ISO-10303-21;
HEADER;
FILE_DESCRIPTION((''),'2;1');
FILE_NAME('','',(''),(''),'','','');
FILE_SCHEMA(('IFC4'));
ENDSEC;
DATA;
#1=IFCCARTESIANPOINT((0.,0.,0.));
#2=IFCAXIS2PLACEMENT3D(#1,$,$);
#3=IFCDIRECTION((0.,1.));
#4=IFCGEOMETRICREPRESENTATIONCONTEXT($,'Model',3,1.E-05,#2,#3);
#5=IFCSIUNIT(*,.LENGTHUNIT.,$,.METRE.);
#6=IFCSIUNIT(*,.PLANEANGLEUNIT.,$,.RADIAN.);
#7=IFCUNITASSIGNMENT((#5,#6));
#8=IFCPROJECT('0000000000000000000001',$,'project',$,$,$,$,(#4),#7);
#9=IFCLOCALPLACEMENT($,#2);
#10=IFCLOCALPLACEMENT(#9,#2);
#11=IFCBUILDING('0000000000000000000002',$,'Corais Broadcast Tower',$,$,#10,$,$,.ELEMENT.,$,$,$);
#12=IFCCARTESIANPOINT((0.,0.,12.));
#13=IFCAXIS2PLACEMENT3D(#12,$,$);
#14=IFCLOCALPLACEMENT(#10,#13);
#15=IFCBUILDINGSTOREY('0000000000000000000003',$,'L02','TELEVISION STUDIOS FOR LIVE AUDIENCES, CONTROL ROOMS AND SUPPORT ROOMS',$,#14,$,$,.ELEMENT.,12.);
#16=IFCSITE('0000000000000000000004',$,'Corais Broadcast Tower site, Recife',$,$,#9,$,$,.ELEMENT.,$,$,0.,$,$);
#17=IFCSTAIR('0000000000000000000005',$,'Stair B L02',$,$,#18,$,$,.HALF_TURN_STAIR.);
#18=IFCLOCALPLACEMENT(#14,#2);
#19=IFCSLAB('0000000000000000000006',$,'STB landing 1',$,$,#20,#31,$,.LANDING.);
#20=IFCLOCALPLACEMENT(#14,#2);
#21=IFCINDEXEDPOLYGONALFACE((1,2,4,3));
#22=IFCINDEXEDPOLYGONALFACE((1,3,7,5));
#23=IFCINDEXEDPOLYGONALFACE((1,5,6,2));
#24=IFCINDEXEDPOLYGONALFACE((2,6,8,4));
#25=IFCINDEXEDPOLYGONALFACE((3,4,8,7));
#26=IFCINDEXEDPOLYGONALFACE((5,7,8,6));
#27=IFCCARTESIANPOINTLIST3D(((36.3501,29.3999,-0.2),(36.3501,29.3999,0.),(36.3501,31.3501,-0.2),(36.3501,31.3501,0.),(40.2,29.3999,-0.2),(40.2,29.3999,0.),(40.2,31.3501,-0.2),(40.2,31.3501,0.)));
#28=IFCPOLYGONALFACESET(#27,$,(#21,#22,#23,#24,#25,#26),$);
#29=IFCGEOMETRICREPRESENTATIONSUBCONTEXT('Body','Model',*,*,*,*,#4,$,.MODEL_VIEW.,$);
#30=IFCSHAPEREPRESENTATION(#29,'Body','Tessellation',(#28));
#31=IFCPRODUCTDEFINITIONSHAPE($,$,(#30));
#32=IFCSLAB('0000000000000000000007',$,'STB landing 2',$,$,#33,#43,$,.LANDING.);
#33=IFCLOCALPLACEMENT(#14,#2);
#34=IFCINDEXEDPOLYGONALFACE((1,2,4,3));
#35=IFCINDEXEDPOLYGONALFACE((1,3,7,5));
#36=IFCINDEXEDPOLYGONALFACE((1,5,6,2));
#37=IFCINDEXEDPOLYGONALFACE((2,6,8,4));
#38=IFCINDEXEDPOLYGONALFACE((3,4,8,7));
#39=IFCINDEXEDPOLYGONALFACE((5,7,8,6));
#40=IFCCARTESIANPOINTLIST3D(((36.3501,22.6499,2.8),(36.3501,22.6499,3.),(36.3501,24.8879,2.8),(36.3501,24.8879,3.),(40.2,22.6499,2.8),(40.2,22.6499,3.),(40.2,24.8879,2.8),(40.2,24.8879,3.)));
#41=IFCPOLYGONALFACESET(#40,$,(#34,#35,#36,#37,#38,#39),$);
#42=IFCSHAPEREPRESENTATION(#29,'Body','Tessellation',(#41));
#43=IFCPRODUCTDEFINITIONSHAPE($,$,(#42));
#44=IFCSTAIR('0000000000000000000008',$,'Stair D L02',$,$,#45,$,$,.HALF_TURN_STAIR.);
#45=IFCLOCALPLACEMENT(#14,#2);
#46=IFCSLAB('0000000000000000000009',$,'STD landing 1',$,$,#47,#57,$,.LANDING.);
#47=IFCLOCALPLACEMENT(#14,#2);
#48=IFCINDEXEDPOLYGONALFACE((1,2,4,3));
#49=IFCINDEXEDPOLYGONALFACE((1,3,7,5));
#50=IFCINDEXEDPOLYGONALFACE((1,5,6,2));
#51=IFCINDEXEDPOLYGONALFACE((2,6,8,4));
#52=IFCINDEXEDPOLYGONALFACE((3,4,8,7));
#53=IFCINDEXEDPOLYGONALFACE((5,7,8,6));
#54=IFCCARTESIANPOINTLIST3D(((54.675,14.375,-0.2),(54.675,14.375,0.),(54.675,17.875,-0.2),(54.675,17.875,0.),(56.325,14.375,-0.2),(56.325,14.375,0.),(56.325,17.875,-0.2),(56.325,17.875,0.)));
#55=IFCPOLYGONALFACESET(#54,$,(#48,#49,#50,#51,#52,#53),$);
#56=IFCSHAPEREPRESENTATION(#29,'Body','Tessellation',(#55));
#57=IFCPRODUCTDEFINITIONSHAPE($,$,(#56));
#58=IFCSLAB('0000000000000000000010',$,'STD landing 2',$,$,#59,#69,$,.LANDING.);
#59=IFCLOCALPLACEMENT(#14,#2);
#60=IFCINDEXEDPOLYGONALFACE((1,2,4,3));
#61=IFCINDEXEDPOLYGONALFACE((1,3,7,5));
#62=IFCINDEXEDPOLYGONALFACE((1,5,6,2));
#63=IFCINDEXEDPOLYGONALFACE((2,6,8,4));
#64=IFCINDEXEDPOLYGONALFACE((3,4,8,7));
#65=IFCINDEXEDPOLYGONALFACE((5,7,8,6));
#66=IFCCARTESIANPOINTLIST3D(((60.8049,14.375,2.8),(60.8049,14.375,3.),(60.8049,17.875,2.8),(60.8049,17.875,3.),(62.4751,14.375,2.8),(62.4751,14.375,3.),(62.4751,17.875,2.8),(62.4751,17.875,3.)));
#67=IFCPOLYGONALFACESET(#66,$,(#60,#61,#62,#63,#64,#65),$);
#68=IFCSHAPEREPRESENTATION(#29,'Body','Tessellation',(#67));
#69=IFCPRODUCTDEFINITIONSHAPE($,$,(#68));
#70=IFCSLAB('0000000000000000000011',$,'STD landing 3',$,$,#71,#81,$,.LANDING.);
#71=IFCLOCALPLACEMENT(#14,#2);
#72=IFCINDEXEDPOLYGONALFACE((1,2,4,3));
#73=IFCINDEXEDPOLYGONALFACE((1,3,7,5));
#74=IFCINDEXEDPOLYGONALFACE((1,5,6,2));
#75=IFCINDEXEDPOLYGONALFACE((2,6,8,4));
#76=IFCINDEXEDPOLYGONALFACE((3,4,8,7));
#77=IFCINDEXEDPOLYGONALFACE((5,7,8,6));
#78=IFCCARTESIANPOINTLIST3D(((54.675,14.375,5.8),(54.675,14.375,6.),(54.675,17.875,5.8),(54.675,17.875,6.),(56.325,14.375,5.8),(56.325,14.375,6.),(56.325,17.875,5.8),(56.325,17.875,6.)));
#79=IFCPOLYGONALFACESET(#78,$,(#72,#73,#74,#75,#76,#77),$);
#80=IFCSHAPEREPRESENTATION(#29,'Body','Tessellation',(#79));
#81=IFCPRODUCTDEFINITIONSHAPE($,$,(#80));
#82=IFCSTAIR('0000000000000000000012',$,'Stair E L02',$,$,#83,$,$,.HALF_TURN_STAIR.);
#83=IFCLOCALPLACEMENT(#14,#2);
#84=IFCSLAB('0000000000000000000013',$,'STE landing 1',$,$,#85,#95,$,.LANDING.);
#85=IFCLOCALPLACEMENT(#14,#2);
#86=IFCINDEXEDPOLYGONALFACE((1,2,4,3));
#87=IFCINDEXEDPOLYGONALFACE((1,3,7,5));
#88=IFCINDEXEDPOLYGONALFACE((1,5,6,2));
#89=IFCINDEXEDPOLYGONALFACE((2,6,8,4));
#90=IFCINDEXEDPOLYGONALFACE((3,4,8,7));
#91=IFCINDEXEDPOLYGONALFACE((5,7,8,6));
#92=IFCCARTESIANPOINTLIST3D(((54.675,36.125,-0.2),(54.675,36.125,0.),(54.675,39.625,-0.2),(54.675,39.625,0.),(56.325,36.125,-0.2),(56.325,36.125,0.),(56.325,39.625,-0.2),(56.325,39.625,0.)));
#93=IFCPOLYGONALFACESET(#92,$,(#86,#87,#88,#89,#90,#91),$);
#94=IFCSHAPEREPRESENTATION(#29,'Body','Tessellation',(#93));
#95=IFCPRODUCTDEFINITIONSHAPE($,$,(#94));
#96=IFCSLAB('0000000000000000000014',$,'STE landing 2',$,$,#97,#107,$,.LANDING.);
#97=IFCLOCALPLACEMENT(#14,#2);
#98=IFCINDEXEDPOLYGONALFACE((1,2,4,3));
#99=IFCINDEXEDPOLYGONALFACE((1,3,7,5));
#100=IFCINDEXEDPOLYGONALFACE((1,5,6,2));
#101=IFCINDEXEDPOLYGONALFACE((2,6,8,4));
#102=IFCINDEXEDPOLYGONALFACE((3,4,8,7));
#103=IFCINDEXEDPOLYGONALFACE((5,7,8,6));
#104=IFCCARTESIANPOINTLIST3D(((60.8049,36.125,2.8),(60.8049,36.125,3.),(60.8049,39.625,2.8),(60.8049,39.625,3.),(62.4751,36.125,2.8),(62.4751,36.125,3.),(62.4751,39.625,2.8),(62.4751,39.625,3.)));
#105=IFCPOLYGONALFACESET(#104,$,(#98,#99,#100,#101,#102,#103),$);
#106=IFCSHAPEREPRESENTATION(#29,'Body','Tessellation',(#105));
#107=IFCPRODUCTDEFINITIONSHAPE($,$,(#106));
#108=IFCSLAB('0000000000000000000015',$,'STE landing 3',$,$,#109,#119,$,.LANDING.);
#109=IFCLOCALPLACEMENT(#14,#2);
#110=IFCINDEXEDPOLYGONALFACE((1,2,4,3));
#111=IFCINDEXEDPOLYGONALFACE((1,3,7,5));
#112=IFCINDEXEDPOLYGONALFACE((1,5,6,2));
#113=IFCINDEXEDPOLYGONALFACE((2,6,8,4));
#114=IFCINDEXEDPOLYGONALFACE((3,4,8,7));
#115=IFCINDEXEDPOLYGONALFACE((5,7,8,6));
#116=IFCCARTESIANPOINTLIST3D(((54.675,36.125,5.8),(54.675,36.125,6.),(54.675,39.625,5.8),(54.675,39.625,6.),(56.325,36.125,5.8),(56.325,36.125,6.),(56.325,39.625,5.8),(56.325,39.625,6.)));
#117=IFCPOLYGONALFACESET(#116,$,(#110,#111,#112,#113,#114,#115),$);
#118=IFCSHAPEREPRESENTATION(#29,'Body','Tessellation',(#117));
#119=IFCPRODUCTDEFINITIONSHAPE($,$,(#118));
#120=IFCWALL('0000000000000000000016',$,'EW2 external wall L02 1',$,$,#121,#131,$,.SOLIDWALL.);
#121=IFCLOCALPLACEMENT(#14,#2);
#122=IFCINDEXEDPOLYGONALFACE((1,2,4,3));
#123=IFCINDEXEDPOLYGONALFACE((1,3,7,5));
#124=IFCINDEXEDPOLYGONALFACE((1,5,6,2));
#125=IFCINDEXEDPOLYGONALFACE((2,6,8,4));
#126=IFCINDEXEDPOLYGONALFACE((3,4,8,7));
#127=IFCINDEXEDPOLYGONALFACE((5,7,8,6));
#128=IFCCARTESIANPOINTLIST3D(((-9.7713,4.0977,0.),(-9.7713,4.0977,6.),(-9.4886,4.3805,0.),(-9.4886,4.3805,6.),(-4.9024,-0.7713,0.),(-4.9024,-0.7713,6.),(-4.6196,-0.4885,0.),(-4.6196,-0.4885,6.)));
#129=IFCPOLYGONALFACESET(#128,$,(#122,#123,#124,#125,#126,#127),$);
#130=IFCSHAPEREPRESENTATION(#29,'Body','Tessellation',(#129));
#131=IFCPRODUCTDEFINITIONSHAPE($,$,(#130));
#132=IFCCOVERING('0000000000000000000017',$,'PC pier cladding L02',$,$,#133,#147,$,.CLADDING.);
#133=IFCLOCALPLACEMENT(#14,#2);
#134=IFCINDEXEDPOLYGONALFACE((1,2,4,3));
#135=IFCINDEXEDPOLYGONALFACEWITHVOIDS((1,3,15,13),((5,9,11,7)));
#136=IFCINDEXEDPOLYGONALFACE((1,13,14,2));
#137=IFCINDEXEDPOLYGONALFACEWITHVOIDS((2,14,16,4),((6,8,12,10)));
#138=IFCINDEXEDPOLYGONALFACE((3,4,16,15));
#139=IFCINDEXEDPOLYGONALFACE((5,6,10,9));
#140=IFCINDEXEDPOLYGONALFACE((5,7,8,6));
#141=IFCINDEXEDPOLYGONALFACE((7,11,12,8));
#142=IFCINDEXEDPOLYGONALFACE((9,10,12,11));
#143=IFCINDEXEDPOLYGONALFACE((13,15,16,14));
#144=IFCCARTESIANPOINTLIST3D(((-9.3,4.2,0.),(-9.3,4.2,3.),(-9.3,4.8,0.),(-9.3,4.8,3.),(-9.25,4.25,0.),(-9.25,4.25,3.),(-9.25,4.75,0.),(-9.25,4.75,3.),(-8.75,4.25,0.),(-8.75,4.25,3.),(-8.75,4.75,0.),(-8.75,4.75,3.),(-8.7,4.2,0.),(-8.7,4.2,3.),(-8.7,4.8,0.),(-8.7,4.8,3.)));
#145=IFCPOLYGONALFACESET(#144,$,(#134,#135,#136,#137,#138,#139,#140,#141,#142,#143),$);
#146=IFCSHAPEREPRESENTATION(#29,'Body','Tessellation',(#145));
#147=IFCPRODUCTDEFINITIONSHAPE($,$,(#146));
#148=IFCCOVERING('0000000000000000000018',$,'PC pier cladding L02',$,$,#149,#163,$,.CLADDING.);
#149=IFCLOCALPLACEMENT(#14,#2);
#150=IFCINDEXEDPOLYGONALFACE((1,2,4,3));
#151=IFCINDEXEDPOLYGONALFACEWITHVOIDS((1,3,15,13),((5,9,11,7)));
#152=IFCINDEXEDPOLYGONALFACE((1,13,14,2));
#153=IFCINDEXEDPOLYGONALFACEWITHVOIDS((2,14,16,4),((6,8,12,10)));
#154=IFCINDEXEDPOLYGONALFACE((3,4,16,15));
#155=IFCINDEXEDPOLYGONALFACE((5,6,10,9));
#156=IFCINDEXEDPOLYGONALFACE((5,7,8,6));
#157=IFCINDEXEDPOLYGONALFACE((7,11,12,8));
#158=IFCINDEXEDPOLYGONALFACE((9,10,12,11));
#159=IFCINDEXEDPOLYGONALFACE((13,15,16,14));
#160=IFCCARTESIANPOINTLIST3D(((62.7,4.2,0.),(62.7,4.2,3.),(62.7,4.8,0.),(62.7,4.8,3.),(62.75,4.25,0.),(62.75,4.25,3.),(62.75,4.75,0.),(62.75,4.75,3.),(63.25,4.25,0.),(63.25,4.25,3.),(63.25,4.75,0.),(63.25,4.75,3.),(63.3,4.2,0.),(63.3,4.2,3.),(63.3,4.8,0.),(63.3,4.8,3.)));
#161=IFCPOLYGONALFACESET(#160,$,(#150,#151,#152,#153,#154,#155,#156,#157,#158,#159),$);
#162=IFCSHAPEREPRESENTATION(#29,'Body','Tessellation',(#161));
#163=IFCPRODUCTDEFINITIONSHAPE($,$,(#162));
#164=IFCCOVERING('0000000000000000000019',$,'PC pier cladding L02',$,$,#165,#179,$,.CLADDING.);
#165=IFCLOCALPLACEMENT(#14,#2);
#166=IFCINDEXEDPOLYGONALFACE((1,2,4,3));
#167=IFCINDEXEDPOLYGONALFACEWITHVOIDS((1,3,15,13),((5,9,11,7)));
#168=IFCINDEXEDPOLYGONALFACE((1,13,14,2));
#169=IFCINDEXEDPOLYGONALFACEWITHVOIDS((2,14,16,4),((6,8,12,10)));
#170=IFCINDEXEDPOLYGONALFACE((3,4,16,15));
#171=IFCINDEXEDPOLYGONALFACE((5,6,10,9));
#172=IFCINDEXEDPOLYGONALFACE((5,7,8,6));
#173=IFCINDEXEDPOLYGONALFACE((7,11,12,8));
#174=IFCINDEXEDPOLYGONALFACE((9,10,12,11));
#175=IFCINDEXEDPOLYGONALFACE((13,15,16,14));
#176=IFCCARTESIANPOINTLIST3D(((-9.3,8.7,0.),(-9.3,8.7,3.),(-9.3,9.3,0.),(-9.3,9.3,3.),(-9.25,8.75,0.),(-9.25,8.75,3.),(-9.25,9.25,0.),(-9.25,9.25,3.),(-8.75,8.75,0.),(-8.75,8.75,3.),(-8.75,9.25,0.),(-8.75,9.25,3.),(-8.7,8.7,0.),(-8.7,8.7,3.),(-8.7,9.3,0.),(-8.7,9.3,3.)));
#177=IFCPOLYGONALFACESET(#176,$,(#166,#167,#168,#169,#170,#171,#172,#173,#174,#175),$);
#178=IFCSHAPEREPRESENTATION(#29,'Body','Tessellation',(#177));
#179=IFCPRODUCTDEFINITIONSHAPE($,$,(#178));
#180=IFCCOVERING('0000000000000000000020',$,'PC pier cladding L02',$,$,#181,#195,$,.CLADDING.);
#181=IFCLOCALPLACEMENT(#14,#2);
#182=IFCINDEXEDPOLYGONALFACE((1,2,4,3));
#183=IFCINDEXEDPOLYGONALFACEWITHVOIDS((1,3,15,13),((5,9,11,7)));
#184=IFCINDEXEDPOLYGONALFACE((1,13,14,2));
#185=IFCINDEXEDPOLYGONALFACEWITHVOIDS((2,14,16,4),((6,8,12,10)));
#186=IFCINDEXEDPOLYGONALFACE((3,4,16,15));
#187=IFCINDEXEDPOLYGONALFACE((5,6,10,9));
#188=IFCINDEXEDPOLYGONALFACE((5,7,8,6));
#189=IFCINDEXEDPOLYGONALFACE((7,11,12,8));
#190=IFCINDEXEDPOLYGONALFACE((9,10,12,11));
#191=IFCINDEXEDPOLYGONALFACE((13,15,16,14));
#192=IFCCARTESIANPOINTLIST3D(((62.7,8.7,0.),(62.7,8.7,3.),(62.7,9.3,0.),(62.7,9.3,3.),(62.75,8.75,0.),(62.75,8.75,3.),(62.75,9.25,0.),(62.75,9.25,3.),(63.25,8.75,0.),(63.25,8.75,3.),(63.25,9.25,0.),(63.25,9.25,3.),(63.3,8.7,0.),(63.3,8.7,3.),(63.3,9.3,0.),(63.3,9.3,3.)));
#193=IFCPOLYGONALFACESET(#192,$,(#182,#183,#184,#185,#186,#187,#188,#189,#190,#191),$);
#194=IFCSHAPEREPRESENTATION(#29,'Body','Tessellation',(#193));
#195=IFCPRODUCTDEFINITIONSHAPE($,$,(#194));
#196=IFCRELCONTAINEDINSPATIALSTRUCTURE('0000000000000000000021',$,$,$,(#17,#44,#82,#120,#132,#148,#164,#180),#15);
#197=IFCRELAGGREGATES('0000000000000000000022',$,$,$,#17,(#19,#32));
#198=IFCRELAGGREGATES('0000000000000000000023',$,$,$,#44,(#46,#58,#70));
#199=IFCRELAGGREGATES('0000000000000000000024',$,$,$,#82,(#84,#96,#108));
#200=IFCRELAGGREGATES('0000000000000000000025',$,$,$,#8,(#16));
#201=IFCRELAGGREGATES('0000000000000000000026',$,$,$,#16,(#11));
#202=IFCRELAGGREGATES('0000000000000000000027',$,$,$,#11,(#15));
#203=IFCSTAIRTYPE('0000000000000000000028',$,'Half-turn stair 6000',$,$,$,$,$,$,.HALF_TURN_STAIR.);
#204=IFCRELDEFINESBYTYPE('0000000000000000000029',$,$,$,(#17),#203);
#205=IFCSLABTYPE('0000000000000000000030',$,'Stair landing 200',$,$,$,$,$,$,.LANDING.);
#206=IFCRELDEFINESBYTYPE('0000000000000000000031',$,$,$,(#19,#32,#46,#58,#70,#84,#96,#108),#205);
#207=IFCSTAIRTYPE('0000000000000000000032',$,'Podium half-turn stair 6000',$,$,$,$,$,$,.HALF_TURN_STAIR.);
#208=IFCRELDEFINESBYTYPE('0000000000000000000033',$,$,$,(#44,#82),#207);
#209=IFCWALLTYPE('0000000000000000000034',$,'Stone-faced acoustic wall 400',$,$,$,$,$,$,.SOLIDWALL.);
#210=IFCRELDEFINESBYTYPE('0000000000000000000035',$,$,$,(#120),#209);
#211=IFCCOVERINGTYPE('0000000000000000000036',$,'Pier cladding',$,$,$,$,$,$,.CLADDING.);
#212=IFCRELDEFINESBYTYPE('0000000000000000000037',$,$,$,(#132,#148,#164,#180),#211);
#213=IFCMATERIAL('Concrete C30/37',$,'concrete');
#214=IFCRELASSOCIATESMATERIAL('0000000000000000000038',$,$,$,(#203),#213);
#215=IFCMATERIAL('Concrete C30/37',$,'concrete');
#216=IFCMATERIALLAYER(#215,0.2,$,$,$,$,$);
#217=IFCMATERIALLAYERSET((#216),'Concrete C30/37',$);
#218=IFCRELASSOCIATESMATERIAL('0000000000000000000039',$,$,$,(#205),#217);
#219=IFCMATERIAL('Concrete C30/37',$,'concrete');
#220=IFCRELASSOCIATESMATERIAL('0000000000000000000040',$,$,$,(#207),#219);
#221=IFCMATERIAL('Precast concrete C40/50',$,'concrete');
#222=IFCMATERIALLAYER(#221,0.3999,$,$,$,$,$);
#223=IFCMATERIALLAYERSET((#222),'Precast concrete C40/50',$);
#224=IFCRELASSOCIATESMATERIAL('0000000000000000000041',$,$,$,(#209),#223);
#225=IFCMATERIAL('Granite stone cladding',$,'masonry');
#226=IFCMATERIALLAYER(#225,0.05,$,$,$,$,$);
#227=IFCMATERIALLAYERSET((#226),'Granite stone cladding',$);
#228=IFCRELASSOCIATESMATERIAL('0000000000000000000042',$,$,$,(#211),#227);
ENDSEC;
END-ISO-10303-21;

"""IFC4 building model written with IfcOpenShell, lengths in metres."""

from ifc_helpers import new_model, si_unit, direction, frame, frame_2d, origin, place, context, subcontext, project, spatial, polyline, rectangle, outline, extrude, material, layer, layer_set, type_object, element, aggregate, save


model = new_model("IFC4")

# Units and contexts
model_context = context("Model", 3, precision=1e-05, world=origin(), true_north=direction((0.0, 1.0)))
body_context = subcontext(model_context, "Body", "Model", "MODEL_VIEW")
ifc_project = project(units=[si_unit("LENGTHUNIT", "METRE"), si_unit("PLANEANGLEUNIT", "RADIAN")], contexts=[model_context])

# Site, building, storey
site_placement = place(None, origin())
site = spatial("IfcSite", under=ifc_project, at=site_placement, Name="Corais Broadcast Tower site, Recife", CompositionType="ELEMENT", RefElevation=0.0)
building_placement = place(site_placement, origin())
building = spatial("IfcBuilding", under=site, at=building_placement, Name="Corais Broadcast Tower", CompositionType="ELEMENT")
storey_placement = place(building_placement, frame((0.0, 0.0, 12.0)))
storey = spatial("IfcBuildingStorey", under=building, at=storey_placement, Name="L02", Description="TELEVISION STUDIOS FOR LIVE AUDIENCES, CONTROL ROOMS AND SUPPORT ROOMS", CompositionType="ELEMENT", Elevation=12.0)

# Stairs, slabs
ifc_material_1 = material(Name="Concrete C30/37", Category="concrete")
stair_type_1 = type_object("IfcStairType", Name="Half-turn stair 6000", PredefinedType="HALF_TURN_STAIR", material=ifc_material_1)
ifc_material_2 = material(Name="Concrete C30/37", Category="concrete")
ifc_layer_1 = layer(ifc_material_2, 0.2)
ifc_layer_set_1 = layer_set([ifc_layer_1], Name="Concrete C30/37")
slab_type_1 = type_object("IfcSlabType", Name="Stair landing 200", PredefinedType="LANDING", material=ifc_layer_set_1)
stair_1_placement = place(storey_placement, origin())
stair_1 = element("IfcStair", 1, at=stair_1_placement, inside=storey, type_object=stair_type_1, Name="Stair B L02", PredefinedType="HALF_TURN_STAIR")
slab_1_placement = place(storey_placement, frame((0.0, 0.0, -0.2)))
slab_1 = element("IfcSlab", 2, at=slab_1_placement, type_object=slab_type_1, Name="STB landing 1", PredefinedType="LANDING", context=body_context, shape_type="SweptSolid", body=[
    extrude(outline(polyline([(36.3501, 29.3999), (40.2, 29.3999), (40.2, 31.3501), (36.3501, 31.3501), (36.3501, 29.3999)])), origin(), (0.0, 0.0, 1.0), 0.2),
])
slab_2_placement = place(storey_placement, frame((0.0, 0.0, 2.8)))
slab_2 = element("IfcSlab", 3, at=slab_2_placement, type_object=slab_type_1, Name="STB landing 2", PredefinedType="LANDING", context=body_context, shape_type="SweptSolid", body=[
    extrude(outline(polyline([(36.3501, 22.6499), (40.2, 22.6499), (40.2, 24.8879), (36.3501, 24.8879), (36.3501, 22.6499)])), origin(), (0.0, 0.0, 1.0), 0.2),
])
aggregate(stair_1, [slab_1, slab_2])
ifc_material_3 = material(Name="Concrete C30/37", Category="concrete")
stair_type_2 = type_object("IfcStairType", Name="Podium half-turn stair 6000", PredefinedType="HALF_TURN_STAIR", material=ifc_material_3)
stair_2_placement = place(storey_placement, origin())
stair_2 = element("IfcStair", 4, at=stair_2_placement, inside=storey, type_object=stair_type_2, Name="Stair D L02", PredefinedType="HALF_TURN_STAIR")
slab_3_placement = place(storey_placement, frame((0.0, 0.0, -0.2)))
slab_3 = element("IfcSlab", 5, at=slab_3_placement, type_object=slab_type_1, Name="STD landing 1", PredefinedType="LANDING", context=body_context, shape_type="SweptSolid", body=[
    extrude(outline(polyline([(54.675, 14.375), (56.325, 14.375), (56.325, 17.875), (54.675, 17.875), (54.675, 14.375)])), origin(), (0.0, 0.0, 1.0), 0.2),
])
slab_4_placement = place(storey_placement, frame((0.0, 0.0, 2.8)))
slab_4 = element("IfcSlab", 6, at=slab_4_placement, type_object=slab_type_1, Name="STD landing 2", PredefinedType="LANDING", context=body_context, shape_type="SweptSolid", body=[
    extrude(outline(polyline([(60.8049, 14.375), (62.4751, 14.375), (62.4751, 17.875), (60.8049, 17.875), (60.8049, 14.375)])), origin(), (0.0, 0.0, 1.0), 0.2),
])
slab_5_placement = place(storey_placement, frame((0.0, 0.0, 5.8)))
slab_5 = element("IfcSlab", 7, at=slab_5_placement, type_object=slab_type_1, Name="STD landing 3", PredefinedType="LANDING", context=body_context, shape_type="SweptSolid", body=[
    extrude(outline(polyline([(54.675, 14.375), (56.325, 14.375), (56.325, 17.875), (54.675, 17.875), (54.675, 14.375)])), origin(), (0.0, 0.0, 1.0), 0.2),
])
aggregate(stair_2, [slab_3, slab_4, slab_5])
stair_3_placement = place(storey_placement, origin())
stair_3 = element("IfcStair", 8, at=stair_3_placement, inside=storey, type_object=stair_type_2, Name="Stair E L02", PredefinedType="HALF_TURN_STAIR")
slab_6_placement = place(storey_placement, frame((0.0, 0.0, -0.2)))
slab_6 = element("IfcSlab", 9, at=slab_6_placement, type_object=slab_type_1, Name="STE landing 1", PredefinedType="LANDING", context=body_context, shape_type="SweptSolid", body=[
    extrude(outline(polyline([(54.675, 36.125), (56.325, 36.125), (56.325, 39.625), (54.675, 39.625), (54.675, 36.125)])), origin(), (0.0, 0.0, 1.0), 0.2),
])
slab_7_placement = place(storey_placement, frame((0.0, 0.0, 2.8)))
slab_7 = element("IfcSlab", 10, at=slab_7_placement, type_object=slab_type_1, Name="STE landing 2", PredefinedType="LANDING", context=body_context, shape_type="SweptSolid", body=[
    extrude(outline(polyline([(60.8049, 36.125), (62.4751, 36.125), (62.4751, 39.625), (60.8049, 39.625), (60.8049, 36.125)])), origin(), (0.0, 0.0, 1.0), 0.2),
])
slab_8_placement = place(storey_placement, frame((0.0, 0.0, 5.8)))
slab_8 = element("IfcSlab", 11, at=slab_8_placement, type_object=slab_type_1, Name="STE landing 3", PredefinedType="LANDING", context=body_context, shape_type="SweptSolid", body=[
    extrude(outline(polyline([(54.675, 36.125), (56.325, 36.125), (56.325, 39.625), (54.675, 39.625), (54.675, 36.125)])), origin(), (0.0, 0.0, 1.0), 0.2),
])
aggregate(stair_3, [slab_6, slab_7, slab_8])

# Wall
ifc_material_4 = material(Name="Precast concrete C40/50", Category="concrete")
ifc_layer_2 = layer(ifc_material_4, 0.3999)
ifc_layer_set_2 = layer_set([ifc_layer_2], Name="Precast concrete C40/50")
wall_type = type_object("IfcWallType", Name="Stone-faced acoustic wall 400", PredefinedType="SOLIDWALL", material=ifc_layer_set_2)
wall_placement = place(storey_placement, frame((-4.761, -0.6299, 0.0), z_axis=(0.0, 0.0, 1.0), x_axis=(-0.707107, 0.707107, 0.0)))
element("IfcWall", 12, at=wall_placement, inside=storey, type_object=wall_type, Name="EW2 external wall L02 1", PredefinedType="SOLIDWALL", context=body_context, shape_type="SweptSolid", body=[
    extrude(rectangle(XDim=6.8857, YDim=0.3999, at=frame_2d((3.4429, 0.0))), origin(), (0.0, 0.0, 1.0), 6.0),
])

# Coverings
ifc_material_5 = material(Name="Granite stone cladding", Category="masonry")
ifc_layer_3 = layer(ifc_material_5, 0.05)
ifc_layer_set_3 = layer_set([ifc_layer_3], Name="Granite stone cladding")
covering_type_1 = type_object("IfcCoveringType", Name="Pier cladding", PredefinedType="CLADDING", material=ifc_layer_set_3)
covering_1_placement = place(storey_placement, origin())
element("IfcCovering", 13, at=covering_1_placement, inside=storey, type_object=covering_type_1, Name="PC pier cladding L02", PredefinedType="CLADDING", context=body_context, shape_type="SweptSolid", body=[
    extrude(outline(polyline([(-9.3, 4.2), (-8.7, 4.2), (-8.7, 4.8), (-9.3, 4.8), (-9.3, 4.2)]), holes=[polyline([(-9.25, 4.25), (-8.75, 4.25), (-8.75, 4.75), (-9.25, 4.75), (-9.25, 4.25)])]), origin(), (0.0, 0.0, 1.0), 3.0),
])
covering_2_placement = place(storey_placement, origin())
element("IfcCovering", 14, at=covering_2_placement, inside=storey, type_object=covering_type_1, Name="PC pier cladding L02", PredefinedType="CLADDING", context=body_context, shape_type="SweptSolid", body=[
    extrude(outline(polyline([(62.7, 4.2), (63.3, 4.2), (63.3, 4.8), (62.7, 4.8), (62.7, 4.2)]), holes=[polyline([(62.75, 4.25), (63.25, 4.25), (63.25, 4.75), (62.75, 4.75), (62.75, 4.25)])]), origin(), (0.0, 0.0, 1.0), 3.0),
])
covering_3_placement = place(storey_placement, origin())
element("IfcCovering", 15, at=covering_3_placement, inside=storey, type_object=covering_type_1, Name="PC pier cladding L02", PredefinedType="CLADDING", context=body_context, shape_type="SweptSolid", body=[
    extrude(outline(polyline([(-9.3, 8.7), (-8.7, 8.7), (-8.7, 9.3), (-9.3, 9.3), (-9.3, 8.7)]), holes=[polyline([(-9.25, 8.75), (-8.75, 8.75), (-8.75, 9.25), (-9.25, 9.25), (-9.25, 8.75)])]), origin(), (0.0, 0.0, 1.0), 3.0),
])
covering_4_placement = place(storey_placement, origin())
element("IfcCovering", 16, at=covering_4_placement, inside=storey, type_object=covering_type_1, Name="PC pier cladding L02", PredefinedType="CLADDING", context=body_context, shape_type="SweptSolid", body=[
    extrude(outline(polyline([(62.7, 8.7), (63.3, 8.7), (63.3, 9.3), (62.7, 9.3), (62.7, 8.7)]), holes=[polyline([(62.75, 8.75), (63.25, 8.75), (63.25, 9.25), (62.75, 9.25), (62.75, 8.75)])]), origin(), (0.0, 0.0, 1.0), 3.0),
])

save(model, "model.ifc")
